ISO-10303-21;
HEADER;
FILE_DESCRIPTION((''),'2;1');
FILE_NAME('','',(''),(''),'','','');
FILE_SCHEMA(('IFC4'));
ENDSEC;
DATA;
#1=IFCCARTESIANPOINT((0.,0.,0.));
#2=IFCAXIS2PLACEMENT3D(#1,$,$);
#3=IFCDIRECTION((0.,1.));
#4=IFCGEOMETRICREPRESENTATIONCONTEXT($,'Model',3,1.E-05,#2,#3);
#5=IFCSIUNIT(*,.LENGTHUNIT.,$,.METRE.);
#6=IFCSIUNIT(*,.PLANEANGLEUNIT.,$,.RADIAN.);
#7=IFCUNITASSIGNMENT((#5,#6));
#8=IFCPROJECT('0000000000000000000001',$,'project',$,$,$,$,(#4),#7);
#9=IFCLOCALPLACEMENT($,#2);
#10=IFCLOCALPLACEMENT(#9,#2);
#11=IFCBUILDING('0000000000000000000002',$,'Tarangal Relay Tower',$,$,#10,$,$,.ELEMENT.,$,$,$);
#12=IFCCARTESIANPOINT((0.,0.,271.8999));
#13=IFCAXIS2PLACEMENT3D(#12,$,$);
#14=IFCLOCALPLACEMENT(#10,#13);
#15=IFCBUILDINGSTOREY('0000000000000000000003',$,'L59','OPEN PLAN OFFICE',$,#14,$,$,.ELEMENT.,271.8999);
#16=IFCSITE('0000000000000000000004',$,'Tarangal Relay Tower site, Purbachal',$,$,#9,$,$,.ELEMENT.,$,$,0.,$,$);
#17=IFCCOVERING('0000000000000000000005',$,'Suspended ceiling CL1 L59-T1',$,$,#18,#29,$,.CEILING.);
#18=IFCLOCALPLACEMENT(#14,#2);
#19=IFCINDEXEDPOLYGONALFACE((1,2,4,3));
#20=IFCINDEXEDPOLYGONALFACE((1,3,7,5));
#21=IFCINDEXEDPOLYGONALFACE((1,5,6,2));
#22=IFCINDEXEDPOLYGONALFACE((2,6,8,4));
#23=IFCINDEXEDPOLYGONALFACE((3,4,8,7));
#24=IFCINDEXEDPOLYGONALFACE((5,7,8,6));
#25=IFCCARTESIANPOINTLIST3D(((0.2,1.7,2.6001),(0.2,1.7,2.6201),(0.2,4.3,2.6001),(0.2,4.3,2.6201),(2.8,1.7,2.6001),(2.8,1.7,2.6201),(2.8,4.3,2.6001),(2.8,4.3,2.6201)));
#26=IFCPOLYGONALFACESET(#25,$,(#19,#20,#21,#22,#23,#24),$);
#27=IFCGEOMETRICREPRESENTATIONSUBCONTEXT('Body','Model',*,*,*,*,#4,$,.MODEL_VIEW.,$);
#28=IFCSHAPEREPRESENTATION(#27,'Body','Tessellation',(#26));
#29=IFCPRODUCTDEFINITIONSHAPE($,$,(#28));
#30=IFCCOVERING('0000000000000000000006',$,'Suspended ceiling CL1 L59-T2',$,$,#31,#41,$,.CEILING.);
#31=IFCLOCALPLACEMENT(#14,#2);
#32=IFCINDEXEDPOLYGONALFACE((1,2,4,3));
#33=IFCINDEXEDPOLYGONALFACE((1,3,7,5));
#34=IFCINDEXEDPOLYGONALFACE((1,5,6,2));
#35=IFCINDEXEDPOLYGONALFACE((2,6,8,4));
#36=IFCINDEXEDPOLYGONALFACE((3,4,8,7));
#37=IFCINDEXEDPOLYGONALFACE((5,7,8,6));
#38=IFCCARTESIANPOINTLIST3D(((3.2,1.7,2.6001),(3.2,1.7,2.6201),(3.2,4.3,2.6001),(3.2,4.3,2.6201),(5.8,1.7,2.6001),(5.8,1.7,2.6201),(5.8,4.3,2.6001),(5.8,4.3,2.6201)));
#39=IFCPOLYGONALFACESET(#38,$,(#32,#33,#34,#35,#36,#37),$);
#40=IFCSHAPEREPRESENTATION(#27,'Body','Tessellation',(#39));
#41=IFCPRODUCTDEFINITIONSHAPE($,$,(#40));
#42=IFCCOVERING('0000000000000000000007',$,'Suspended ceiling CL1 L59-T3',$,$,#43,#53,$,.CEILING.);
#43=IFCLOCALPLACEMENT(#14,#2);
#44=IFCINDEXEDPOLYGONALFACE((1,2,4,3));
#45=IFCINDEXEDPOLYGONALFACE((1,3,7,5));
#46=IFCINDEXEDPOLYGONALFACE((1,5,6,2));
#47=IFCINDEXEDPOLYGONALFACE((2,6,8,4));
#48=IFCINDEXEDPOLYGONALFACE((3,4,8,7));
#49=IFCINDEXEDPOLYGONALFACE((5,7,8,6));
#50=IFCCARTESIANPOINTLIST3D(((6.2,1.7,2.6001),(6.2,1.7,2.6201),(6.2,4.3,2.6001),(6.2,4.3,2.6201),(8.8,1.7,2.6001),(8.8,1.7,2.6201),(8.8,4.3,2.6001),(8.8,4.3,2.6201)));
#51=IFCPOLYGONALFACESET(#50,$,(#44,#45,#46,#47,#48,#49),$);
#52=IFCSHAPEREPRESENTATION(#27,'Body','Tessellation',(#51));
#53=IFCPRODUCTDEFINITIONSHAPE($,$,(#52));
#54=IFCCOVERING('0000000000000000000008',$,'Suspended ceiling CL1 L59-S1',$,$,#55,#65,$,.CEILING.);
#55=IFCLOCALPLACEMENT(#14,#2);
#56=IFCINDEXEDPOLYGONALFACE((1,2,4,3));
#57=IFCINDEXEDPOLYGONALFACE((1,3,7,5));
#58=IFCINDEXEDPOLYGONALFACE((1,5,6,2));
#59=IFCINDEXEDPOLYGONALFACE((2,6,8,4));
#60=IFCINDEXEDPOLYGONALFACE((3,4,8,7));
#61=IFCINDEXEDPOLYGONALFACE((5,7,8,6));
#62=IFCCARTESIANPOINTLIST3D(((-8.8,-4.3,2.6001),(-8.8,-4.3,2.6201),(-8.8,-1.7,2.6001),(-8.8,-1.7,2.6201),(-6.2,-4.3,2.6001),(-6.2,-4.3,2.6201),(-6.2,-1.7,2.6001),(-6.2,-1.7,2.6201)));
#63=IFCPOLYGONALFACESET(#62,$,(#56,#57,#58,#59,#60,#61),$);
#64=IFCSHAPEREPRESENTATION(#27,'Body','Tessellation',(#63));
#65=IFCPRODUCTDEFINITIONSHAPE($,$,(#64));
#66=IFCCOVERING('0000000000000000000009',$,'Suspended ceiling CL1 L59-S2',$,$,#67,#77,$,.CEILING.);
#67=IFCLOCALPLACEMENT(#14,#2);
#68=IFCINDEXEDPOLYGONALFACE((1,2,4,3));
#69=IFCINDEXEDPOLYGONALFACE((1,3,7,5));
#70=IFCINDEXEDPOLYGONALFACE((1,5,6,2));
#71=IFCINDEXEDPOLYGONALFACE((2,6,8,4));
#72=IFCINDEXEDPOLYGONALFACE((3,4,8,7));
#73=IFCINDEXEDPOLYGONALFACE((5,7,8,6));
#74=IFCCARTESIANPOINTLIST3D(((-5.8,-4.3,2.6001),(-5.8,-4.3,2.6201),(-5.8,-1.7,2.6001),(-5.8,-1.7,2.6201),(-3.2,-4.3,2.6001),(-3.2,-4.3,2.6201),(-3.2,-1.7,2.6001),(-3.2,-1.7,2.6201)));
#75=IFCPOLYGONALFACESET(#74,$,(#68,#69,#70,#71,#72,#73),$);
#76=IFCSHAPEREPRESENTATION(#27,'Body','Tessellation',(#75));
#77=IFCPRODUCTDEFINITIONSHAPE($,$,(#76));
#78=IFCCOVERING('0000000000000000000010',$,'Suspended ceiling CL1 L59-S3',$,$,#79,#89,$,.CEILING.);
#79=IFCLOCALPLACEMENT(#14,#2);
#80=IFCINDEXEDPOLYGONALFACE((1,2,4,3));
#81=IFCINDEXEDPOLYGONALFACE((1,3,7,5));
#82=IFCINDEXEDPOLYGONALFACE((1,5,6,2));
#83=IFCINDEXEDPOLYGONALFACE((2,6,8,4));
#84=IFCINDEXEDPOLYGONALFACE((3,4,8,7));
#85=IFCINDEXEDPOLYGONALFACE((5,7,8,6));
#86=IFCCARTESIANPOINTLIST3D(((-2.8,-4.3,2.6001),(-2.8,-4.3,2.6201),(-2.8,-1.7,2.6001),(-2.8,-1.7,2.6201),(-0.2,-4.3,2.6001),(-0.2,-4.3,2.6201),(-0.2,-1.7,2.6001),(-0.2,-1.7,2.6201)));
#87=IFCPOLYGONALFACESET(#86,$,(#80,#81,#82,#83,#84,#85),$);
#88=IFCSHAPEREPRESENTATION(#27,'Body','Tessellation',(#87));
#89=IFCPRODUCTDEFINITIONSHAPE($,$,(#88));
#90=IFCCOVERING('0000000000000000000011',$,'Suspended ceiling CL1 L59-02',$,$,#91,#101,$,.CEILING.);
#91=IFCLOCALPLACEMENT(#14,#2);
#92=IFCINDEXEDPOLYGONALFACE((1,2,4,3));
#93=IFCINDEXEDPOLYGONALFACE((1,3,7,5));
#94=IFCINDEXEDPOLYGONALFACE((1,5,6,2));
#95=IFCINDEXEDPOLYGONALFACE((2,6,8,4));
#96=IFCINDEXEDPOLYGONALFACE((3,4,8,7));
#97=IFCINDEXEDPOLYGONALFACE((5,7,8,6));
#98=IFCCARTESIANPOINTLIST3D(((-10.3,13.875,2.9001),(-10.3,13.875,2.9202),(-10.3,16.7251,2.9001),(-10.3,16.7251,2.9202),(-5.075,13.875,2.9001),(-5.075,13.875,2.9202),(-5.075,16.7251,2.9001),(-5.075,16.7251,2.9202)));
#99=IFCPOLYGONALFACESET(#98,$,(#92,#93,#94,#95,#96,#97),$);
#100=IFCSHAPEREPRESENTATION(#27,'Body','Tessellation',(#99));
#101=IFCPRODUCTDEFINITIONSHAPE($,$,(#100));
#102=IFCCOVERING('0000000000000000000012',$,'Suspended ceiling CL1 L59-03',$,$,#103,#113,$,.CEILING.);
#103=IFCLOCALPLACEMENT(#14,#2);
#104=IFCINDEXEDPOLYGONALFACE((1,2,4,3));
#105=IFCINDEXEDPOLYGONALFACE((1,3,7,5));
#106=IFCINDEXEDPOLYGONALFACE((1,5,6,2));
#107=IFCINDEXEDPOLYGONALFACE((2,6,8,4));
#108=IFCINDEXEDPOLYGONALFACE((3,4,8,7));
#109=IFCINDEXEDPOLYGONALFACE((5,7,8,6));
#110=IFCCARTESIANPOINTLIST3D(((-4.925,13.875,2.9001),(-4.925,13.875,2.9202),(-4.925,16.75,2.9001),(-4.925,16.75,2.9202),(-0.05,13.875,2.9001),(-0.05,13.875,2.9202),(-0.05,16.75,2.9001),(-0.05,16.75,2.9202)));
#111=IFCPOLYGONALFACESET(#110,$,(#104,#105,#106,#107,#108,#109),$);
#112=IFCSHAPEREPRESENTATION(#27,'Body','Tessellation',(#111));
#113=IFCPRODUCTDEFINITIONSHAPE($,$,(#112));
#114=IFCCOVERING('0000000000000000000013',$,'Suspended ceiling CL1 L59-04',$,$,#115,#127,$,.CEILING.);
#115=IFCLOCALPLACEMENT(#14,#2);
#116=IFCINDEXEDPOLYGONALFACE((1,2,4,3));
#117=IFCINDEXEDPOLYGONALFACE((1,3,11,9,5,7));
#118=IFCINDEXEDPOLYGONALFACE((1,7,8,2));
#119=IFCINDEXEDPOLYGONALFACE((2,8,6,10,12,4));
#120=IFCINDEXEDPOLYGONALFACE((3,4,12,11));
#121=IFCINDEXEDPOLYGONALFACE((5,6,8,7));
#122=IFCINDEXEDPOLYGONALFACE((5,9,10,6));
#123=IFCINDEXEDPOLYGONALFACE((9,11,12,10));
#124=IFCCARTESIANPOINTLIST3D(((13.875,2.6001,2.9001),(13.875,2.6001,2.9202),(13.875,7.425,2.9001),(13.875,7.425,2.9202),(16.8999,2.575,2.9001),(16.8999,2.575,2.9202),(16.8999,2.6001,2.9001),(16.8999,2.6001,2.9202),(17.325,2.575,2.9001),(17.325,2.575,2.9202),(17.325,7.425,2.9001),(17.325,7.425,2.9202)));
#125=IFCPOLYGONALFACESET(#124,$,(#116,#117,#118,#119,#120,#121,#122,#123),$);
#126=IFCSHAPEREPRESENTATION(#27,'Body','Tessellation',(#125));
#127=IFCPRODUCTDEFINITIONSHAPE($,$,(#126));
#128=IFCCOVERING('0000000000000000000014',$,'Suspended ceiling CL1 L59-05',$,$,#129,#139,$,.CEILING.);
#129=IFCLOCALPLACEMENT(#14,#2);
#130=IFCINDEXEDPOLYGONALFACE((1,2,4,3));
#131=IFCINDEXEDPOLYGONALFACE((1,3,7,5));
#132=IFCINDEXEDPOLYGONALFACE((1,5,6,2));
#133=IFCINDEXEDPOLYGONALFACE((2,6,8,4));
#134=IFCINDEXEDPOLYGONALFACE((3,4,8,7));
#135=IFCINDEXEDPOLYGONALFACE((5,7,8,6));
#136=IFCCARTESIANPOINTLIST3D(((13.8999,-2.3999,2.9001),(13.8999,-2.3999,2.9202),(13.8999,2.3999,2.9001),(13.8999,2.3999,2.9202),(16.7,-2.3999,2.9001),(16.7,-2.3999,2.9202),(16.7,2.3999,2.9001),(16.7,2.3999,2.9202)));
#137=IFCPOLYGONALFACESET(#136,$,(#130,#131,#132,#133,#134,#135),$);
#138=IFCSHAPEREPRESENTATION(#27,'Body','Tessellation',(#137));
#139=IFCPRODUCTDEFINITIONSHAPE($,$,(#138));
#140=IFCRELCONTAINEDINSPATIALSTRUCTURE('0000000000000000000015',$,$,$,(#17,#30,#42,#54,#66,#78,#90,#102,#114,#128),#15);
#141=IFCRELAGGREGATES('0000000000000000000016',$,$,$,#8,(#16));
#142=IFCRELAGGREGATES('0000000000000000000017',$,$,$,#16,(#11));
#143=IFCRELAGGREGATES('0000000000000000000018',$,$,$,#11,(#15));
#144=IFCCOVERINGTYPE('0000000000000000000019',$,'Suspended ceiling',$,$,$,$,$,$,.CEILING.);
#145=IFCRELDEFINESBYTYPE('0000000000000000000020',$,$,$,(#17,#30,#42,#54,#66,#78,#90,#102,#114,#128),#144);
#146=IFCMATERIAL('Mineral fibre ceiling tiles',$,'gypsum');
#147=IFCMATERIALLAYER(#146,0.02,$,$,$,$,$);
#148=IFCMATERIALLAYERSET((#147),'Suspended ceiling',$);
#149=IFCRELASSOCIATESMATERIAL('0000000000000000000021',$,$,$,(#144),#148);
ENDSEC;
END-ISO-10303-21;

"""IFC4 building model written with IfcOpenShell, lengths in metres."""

from ifc_helpers import new_model, si_unit, direction, frame, origin, place, context, subcontext, project, spatial, polyline, outline, extrude, material, layer, layer_set, type_object, element, save


model = new_model("IFC4")

# Units and contexts
model_context = context("Model", 3, precision=1e-05, world=origin(), true_north=direction((0.0, 1.0)))
body_context = subcontext(model_context, "Body", "Model", "MODEL_VIEW")
ifc_project = project(units=[si_unit("LENGTHUNIT", "METRE"), si_unit("PLANEANGLEUNIT", "RADIAN")], contexts=[model_context])

# Site, building, storey
site_placement = place(None, origin())
site = spatial("IfcSite", under=ifc_project, at=site_placement, Name="Tarangal Relay Tower site, Purbachal", CompositionType="ELEMENT", RefElevation=0.0)
building_placement = place(site_placement, origin())
building = spatial("IfcBuilding", under=site, at=building_placement, Name="Tarangal Relay Tower", CompositionType="ELEMENT")
storey_placement = place(building_placement, frame((0.0, 0.0, 271.8999)))
storey = spatial("IfcBuildingStorey", under=building, at=storey_placement, Name="L59", Description="OPEN PLAN OFFICE", CompositionType="ELEMENT", Elevation=271.8999)

# Coverings
ifc_material_1 = material(Name="Mineral fibre ceiling tiles", Category="gypsum")
ifc_layer_1 = layer(ifc_material_1, 0.02)
ifc_layer_set_1 = layer_set([ifc_layer_1], Name="Suspended ceiling")
covering_type_1 = type_object("IfcCoveringType", Name="Suspended ceiling", PredefinedType="CEILING", material=ifc_layer_set_1)
covering_1_placement = place(storey_placement, frame((0.0, 0.0, 2.6001)))
element("IfcCovering", 1, at=covering_1_placement, inside=storey, type_object=covering_type_1, Name="Suspended ceiling CL1 L59-T1", PredefinedType="CEILING", context=body_context, shape_type="SweptSolid", body=[
    extrude(outline(polyline([(0.2, 1.7), (2.8, 1.7), (2.8, 4.3), (0.2, 4.3), (0.2, 1.7)])), origin(), (0.0, 0.0, 1.0), 0.02),
])
covering_2_placement = place(storey_placement, frame((0.0, 0.0, 2.6001)))
element("IfcCovering", 2, at=covering_2_placement, inside=storey, type_object=covering_type_1, Name="Suspended ceiling CL1 L59-T2", PredefinedType="CEILING", context=body_context, shape_type="SweptSolid", body=[
    extrude(outline(polyline([(3.2, 1.7), (5.8, 1.7), (5.8, 4.3), (3.2, 4.3), (3.2, 1.7)])), origin(), (0.0, 0.0, 1.0), 0.02),
])
covering_3_placement = place(storey_placement, frame((0.0, 0.0, 2.6001)))
element("IfcCovering", 3, at=covering_3_placement, inside=storey, type_object=covering_type_1, Name="Suspended ceiling CL1 L59-T3", PredefinedType="CEILING", context=body_context, shape_type="SweptSolid", body=[
    extrude(outline(polyline([(6.2, 1.7), (8.8, 1.7), (8.8, 4.3), (6.2, 4.3), (6.2, 1.7)])), origin(), (0.0, 0.0, 1.0), 0.02),
])
covering_4_placement = place(storey_placement, frame((0.0, 0.0, 2.6001)))
element("IfcCovering", 4, at=covering_4_placement, inside=storey, type_object=covering_type_1, Name="Suspended ceiling CL1 L59-S1", PredefinedType="CEILING", context=body_context, shape_type="SweptSolid", body=[
    extrude(outline(polyline([(-8.8, -4.3), (-6.2, -4.3), (-6.2, -1.7), (-8.8, -1.7), (-8.8, -4.3)])), origin(), (0.0, 0.0, 1.0), 0.02),
])
covering_5_placement = place(storey_placement, frame((0.0, 0.0, 2.6001)))
element("IfcCovering", 5, at=covering_5_placement, inside=storey, type_object=covering_type_1, Name="Suspended ceiling CL1 L59-S2", PredefinedType="CEILING", context=body_context, shape_type="SweptSolid", body=[
    extrude(outline(polyline([(-5.8, -4.3), (-3.2, -4.3), (-3.2, -1.7), (-5.8, -1.7), (-5.8, -4.3)])), origin(), (0.0, 0.0, 1.0), 0.02),
])
covering_6_placement = place(storey_placement, frame((0.0, 0.0, 2.6001)))
element("IfcCovering", 6, at=covering_6_placement, inside=storey, type_object=covering_type_1, Name="Suspended ceiling CL1 L59-S3", PredefinedType="CEILING", context=body_context, shape_type="SweptSolid", body=[
    extrude(outline(polyline([(-2.8, -4.3), (-0.2, -4.3), (-0.2, -1.7), (-2.8, -1.7), (-2.8, -4.3)])), origin(), (0.0, 0.0, 1.0), 0.02),
])
covering_7_placement = place(storey_placement, frame((0.0, 0.0, 2.9001)))
element("IfcCovering", 7, at=covering_7_placement, inside=storey, type_object=covering_type_1, Name="Suspended ceiling CL1 L59-02", PredefinedType="CEILING", context=body_context, shape_type="SweptSolid", body=[
    extrude(outline(polyline([(-10.3, 16.7251), (-10.3, 13.875), (-5.075, 13.875), (-5.075, 16.7251), (-10.3, 16.7251)])), origin(), (0.0, 0.0, 1.0), 0.02),
])
covering_8_placement = place(storey_placement, frame((0.0, 0.0, 2.9001)))
element("IfcCovering", 8, at=covering_8_placement, inside=storey, type_object=covering_type_1, Name="Suspended ceiling CL1 L59-03", PredefinedType="CEILING", context=body_context, shape_type="SweptSolid", body=[
    extrude(outline(polyline([(-4.925, 16.75), (-4.925, 13.875), (-0.05, 13.875), (-0.05, 16.75), (-4.925, 16.75)])), origin(), (0.0, 0.0, 1.0), 0.02),
])
covering_9_placement = place(storey_placement, frame((0.0, 0.0, 2.9001)))
element("IfcCovering", 9, at=covering_9_placement, inside=storey, type_object=covering_type_1, Name="Suspended ceiling CL1 L59-04", PredefinedType="CEILING", context=body_context, shape_type="SweptSolid", body=[
    extrude(outline(polyline([(16.8999, 2.575), (17.325, 2.575), (17.325, 7.425), (13.875, 7.425), (13.875, 2.6001), (16.8999, 2.6001), (16.8999, 2.575)])), origin(), (0.0, 0.0, 1.0), 0.02),
])
covering_10_placement = place(storey_placement, frame((0.0, 0.0, 2.9001)))
element("IfcCovering", 10, at=covering_10_placement, inside=storey, type_object=covering_type_1, Name="Suspended ceiling CL1 L59-05", PredefinedType="CEILING", context=body_context, shape_type="SweptSolid", body=[
    extrude(outline(polyline([(16.7, -2.3999), (16.7, 2.3999), (13.8999, 2.3999), (13.8999, -2.3999), (16.7, -2.3999)])), origin(), (0.0, 0.0, 1.0), 0.02),
])

save(model, "model.ifc")
